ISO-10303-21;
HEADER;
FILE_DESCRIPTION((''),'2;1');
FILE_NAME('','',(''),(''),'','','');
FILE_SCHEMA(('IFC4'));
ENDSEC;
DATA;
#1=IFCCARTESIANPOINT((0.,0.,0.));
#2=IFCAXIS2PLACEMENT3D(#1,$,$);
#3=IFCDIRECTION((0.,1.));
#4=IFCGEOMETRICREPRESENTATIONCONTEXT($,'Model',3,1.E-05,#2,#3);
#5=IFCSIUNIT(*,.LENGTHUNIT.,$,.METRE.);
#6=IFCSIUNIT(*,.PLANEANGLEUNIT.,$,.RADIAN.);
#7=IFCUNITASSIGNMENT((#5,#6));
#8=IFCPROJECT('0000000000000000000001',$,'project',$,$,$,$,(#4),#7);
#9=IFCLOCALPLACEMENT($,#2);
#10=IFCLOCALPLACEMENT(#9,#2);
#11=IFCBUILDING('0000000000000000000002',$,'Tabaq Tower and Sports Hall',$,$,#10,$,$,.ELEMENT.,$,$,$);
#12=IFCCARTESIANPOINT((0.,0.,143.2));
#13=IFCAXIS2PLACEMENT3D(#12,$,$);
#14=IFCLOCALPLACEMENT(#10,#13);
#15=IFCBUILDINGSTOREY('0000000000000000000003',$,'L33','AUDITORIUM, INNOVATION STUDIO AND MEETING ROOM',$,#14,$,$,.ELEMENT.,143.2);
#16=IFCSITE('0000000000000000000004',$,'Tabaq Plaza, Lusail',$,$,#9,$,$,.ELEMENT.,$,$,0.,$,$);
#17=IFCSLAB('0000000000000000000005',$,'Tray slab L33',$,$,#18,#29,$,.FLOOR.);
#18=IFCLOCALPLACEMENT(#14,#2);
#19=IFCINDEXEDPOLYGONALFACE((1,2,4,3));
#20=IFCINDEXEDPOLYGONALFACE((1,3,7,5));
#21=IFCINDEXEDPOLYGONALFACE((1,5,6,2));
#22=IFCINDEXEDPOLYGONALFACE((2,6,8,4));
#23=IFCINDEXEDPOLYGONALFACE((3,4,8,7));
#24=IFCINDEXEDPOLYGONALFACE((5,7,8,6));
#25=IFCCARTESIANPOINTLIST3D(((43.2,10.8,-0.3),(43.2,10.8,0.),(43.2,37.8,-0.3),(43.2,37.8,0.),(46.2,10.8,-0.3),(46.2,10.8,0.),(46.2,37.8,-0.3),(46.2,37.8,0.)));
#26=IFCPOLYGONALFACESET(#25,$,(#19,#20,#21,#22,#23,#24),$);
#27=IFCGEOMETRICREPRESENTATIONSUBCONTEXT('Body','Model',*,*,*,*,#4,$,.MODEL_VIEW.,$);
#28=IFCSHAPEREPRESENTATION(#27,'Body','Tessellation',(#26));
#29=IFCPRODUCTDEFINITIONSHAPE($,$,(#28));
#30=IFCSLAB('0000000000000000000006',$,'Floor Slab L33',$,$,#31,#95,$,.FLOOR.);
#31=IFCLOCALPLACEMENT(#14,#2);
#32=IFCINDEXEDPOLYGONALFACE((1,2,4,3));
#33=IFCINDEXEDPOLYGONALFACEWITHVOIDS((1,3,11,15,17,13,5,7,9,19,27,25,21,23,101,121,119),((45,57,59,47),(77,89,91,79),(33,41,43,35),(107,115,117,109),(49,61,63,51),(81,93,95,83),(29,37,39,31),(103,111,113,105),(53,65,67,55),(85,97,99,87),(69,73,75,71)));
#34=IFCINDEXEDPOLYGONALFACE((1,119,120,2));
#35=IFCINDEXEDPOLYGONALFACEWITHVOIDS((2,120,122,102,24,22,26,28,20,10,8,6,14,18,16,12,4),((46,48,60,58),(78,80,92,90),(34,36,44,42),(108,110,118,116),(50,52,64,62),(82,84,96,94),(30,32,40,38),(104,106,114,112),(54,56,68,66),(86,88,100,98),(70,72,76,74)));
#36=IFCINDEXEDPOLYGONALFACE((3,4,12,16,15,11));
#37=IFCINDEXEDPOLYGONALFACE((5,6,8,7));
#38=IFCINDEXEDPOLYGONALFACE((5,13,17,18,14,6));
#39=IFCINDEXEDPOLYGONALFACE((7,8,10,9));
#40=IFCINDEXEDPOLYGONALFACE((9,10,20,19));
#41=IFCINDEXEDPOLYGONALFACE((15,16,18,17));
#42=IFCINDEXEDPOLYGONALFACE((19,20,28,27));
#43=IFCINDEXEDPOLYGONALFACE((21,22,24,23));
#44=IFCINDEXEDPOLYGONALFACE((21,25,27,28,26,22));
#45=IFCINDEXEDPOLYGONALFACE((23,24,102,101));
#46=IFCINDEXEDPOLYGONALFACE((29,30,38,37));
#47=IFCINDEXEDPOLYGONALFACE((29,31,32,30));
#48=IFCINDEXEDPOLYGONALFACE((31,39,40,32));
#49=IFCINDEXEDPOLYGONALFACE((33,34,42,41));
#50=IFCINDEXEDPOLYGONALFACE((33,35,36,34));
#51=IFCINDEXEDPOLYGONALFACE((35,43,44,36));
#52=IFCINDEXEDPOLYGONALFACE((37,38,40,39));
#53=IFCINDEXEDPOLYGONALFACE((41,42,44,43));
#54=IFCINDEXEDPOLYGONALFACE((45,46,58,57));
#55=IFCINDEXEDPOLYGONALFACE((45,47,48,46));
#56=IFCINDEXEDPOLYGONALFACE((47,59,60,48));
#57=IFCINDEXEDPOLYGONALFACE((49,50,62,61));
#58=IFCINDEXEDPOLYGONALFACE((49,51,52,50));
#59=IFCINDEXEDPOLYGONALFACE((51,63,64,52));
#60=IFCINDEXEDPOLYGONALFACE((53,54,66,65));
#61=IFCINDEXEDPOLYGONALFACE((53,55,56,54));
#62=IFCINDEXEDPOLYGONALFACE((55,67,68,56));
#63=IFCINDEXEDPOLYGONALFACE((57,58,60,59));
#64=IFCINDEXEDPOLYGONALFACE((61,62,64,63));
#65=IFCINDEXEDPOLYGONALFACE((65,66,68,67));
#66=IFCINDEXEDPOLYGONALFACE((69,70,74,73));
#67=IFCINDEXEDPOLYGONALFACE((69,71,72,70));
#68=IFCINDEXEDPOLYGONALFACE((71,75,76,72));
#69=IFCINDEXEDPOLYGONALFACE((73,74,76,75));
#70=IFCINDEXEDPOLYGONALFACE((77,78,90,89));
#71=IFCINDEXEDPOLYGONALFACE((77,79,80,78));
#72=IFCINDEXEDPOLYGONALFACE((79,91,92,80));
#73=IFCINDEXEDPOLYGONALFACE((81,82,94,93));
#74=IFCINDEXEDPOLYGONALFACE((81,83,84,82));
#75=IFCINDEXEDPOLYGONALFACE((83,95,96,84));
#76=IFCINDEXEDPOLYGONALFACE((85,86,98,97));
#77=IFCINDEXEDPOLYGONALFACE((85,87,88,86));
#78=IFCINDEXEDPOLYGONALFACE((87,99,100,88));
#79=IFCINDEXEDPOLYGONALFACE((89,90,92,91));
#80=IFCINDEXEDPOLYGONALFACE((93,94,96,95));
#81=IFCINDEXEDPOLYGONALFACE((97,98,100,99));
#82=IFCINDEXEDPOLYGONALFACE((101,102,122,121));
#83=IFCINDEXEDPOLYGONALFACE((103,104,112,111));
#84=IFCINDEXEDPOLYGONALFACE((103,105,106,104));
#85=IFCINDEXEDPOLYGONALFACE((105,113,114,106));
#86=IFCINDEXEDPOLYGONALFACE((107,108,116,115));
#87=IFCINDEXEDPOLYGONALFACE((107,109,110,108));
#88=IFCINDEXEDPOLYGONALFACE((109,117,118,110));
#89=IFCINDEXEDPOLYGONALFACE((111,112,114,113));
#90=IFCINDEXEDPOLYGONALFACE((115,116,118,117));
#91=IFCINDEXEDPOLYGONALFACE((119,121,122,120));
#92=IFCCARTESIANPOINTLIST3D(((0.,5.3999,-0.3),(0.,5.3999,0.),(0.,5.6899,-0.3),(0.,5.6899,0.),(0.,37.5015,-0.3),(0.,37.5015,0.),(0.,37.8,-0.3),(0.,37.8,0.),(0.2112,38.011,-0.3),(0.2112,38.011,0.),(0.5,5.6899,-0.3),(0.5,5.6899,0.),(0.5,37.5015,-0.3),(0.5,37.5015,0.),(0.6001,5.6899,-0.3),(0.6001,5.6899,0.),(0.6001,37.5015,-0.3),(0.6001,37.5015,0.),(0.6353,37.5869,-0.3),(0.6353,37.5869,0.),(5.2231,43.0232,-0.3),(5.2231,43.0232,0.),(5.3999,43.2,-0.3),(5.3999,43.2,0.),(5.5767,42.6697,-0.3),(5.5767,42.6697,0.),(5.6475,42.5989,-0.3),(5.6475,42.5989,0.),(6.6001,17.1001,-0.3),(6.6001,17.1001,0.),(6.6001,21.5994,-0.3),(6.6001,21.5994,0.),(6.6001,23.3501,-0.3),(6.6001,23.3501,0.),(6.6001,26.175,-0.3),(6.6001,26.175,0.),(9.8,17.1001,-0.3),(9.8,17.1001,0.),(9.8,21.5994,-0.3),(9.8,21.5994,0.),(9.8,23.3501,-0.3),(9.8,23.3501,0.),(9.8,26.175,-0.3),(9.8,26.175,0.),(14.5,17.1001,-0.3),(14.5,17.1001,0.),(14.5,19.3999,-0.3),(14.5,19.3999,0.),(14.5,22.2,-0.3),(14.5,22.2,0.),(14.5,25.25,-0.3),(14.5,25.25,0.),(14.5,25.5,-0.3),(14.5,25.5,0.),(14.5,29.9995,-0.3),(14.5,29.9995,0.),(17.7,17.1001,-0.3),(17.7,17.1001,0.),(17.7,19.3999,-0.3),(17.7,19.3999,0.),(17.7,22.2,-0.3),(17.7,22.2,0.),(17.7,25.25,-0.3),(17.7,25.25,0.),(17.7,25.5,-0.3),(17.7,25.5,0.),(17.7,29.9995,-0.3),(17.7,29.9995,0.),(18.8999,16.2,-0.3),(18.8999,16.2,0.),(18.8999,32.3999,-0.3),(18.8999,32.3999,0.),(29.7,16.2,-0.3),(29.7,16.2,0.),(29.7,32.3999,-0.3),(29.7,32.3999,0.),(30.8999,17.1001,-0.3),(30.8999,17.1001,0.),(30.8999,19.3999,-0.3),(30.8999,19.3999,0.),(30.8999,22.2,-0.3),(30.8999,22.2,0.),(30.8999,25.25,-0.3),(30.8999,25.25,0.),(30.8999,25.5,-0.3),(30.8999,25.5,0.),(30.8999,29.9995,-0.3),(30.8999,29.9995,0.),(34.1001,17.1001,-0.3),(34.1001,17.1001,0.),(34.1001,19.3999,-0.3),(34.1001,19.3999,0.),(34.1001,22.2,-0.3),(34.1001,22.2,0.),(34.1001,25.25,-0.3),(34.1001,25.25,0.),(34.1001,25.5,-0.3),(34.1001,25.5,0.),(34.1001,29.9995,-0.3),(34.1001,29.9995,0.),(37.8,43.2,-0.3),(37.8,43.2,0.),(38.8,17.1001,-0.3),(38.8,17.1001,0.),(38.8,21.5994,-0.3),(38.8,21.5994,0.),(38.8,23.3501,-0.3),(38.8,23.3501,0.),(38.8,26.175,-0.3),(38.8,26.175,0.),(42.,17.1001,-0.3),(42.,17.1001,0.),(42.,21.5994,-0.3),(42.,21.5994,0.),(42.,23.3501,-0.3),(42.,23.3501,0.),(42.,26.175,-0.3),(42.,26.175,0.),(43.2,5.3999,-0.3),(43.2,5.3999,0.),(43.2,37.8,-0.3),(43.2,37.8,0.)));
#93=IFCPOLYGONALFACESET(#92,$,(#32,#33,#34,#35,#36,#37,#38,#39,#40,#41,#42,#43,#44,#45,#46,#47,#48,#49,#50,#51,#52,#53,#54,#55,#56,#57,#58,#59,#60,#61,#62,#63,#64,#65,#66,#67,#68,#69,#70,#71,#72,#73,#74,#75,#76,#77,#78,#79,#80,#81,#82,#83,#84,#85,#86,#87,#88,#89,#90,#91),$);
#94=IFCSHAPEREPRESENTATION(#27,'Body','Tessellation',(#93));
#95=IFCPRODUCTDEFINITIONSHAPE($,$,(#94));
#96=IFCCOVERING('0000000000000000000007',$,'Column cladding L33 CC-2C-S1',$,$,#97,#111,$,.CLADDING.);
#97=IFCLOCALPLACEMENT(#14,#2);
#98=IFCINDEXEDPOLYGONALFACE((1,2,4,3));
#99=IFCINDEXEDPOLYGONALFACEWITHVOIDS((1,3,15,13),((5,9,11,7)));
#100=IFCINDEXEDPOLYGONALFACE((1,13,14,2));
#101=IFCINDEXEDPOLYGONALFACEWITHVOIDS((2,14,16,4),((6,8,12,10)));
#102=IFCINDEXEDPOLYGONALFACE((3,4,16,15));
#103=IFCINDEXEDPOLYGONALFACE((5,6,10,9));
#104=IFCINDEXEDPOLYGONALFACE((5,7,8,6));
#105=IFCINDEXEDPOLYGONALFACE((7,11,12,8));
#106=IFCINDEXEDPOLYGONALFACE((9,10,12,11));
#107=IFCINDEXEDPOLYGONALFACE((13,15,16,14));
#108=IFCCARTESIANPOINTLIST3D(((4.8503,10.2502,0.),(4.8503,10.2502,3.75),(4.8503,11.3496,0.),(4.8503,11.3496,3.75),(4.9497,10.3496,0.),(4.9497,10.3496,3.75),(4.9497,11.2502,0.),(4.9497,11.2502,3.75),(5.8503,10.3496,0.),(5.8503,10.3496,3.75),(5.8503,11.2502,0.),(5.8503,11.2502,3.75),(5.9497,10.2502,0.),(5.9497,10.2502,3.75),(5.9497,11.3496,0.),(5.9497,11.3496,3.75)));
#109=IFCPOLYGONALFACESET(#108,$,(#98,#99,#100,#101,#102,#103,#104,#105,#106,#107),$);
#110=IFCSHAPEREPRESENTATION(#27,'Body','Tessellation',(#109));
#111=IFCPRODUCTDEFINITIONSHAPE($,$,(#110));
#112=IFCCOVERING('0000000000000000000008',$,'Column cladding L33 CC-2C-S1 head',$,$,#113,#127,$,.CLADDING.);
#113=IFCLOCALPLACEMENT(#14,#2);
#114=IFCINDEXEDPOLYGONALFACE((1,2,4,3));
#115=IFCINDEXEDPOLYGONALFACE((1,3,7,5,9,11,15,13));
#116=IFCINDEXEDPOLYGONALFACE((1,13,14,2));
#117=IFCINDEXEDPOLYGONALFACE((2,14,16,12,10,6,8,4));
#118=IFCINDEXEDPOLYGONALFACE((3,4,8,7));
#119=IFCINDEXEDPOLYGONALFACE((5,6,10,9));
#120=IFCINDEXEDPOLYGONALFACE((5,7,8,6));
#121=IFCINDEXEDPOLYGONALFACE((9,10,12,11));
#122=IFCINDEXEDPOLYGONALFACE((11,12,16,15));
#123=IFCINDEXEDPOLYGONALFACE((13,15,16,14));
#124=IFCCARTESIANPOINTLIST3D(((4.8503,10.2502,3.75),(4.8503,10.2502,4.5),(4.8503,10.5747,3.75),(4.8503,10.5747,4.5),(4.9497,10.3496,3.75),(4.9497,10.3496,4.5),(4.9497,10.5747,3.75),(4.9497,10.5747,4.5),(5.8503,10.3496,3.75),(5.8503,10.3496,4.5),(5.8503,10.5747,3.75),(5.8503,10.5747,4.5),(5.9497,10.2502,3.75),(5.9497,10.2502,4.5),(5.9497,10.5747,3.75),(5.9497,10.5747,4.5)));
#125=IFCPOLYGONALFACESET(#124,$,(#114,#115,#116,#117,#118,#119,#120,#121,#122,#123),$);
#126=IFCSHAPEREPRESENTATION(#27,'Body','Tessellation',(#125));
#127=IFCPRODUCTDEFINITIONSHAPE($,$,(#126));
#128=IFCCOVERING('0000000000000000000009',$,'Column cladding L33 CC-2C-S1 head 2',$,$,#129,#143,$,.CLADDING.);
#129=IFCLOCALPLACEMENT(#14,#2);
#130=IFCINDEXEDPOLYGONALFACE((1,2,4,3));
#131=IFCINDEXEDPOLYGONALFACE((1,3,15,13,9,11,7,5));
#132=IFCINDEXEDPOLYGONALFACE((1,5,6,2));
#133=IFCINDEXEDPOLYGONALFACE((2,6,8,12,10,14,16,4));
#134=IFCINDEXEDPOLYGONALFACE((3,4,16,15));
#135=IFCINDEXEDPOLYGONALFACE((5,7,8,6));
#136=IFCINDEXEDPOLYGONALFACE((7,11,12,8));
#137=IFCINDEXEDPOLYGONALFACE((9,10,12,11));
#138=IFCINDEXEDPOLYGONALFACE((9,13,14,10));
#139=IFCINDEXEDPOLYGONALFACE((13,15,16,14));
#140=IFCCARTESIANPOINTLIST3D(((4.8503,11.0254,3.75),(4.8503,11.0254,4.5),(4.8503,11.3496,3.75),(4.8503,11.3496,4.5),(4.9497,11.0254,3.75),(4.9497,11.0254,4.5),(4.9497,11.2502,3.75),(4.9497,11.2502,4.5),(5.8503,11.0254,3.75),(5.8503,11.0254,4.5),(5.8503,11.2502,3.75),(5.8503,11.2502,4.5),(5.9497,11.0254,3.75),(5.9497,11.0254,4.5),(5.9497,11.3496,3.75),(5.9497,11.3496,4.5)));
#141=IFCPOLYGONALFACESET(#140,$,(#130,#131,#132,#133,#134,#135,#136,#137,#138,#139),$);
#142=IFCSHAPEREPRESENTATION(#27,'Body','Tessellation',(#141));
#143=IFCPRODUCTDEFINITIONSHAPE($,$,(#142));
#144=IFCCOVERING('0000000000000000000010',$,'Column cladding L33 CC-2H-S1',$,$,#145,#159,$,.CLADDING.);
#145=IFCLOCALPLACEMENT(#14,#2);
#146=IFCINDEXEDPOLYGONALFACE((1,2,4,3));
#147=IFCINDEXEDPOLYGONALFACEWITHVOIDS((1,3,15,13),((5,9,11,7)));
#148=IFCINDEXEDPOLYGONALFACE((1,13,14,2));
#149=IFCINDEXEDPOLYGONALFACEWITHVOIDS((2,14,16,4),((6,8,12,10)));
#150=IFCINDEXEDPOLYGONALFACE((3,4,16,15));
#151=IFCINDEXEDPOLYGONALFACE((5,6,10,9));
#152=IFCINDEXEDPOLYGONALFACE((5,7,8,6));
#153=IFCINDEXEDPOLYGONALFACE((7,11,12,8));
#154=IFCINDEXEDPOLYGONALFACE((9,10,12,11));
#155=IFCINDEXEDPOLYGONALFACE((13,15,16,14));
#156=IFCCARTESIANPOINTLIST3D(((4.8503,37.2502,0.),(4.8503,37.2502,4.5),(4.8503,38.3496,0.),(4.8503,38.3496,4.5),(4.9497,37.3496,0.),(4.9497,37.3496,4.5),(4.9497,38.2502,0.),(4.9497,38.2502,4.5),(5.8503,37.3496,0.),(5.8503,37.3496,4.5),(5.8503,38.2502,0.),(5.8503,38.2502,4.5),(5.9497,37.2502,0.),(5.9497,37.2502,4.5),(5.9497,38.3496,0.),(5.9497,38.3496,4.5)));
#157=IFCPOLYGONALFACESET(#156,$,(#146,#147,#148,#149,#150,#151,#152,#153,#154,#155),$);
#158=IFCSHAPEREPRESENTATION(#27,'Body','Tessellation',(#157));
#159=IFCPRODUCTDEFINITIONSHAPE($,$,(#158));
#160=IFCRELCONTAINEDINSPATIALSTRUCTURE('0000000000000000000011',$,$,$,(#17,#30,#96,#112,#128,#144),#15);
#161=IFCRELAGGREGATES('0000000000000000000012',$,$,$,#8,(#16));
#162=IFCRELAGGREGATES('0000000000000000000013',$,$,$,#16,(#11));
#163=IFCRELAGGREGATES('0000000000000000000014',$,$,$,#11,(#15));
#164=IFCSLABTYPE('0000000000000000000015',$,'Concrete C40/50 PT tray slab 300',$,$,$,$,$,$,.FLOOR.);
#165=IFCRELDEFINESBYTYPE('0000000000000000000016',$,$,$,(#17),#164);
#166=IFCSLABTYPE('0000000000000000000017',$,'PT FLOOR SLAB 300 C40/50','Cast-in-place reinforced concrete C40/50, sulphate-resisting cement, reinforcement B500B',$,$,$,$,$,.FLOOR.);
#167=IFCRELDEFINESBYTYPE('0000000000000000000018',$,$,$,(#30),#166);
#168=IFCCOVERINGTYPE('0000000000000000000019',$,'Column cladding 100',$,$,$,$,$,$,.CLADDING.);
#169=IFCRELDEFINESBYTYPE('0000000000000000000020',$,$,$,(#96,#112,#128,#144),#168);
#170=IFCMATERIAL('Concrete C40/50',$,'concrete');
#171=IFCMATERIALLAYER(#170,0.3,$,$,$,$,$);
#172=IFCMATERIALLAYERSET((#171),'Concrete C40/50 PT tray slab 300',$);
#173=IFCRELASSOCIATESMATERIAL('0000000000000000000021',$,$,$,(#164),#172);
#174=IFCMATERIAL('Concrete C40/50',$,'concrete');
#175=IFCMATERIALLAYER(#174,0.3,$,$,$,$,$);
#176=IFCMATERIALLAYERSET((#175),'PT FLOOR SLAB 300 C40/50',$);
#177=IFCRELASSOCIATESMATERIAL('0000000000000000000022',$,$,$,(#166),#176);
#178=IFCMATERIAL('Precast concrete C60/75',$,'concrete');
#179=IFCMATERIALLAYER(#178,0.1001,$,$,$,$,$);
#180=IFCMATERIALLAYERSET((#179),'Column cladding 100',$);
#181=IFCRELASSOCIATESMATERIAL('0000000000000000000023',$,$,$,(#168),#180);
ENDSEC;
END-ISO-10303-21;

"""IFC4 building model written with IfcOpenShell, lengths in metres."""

from ifc_helpers import new_model, si_unit, direction, frame, origin, place, context, subcontext, project, spatial, polyline, outline, extrude, material, layer, layer_set, type_object, element, save


model = new_model("IFC4")

# Units and contexts
model_context = context("Model", 3, precision=1e-05, world=origin(), true_north=direction((0.0, 1.0)))
body_context = subcontext(model_context, "Body", "Model", "MODEL_VIEW")
ifc_project = project(units=[si_unit("LENGTHUNIT", "METRE"), si_unit("PLANEANGLEUNIT", "RADIAN")], contexts=[model_context])

# Site, building, storey
site_placement = place(None, origin())
site = spatial("IfcSite", under=ifc_project, at=site_placement, Name="Tabaq Plaza, Lusail", CompositionType="ELEMENT", RefElevation=0.0)
building_placement = place(site_placement, origin())
building = spatial("IfcBuilding", under=site, at=building_placement, Name="Tabaq Tower and Sports Hall", CompositionType="ELEMENT")
storey_placement = place(building_placement, frame((0.0, 0.0, 143.2)))
storey = spatial("IfcBuildingStorey", under=building, at=storey_placement, Name="L33", Description="AUDITORIUM, INNOVATION STUDIO AND MEETING ROOM", CompositionType="ELEMENT", Elevation=143.2)

# Slabs
ifc_material_1 = material(Name="Concrete C40/50", Category="concrete")
ifc_layer_1 = layer(ifc_material_1, 0.3)
ifc_layer_set_1 = layer_set([ifc_layer_1], Name="Concrete C40/50 PT tray slab 300")
slab_type_1 = type_object("IfcSlabType", Name="Concrete C40/50 PT tray slab 300", PredefinedType="FLOOR", material=ifc_layer_set_1)
slab_1_placement = place(storey_placement, frame((0.0, 0.0, -0.3)))
element("IfcSlab", 1, at=slab_1_placement, inside=storey, type_object=slab_type_1, Name="Tray slab L33", PredefinedType="FLOOR", context=body_context, shape_type="SweptSolid", body=[
    extrude(outline(polyline([(43.2, 10.8), (43.2, 37.8), (46.2, 37.8), (46.2, 10.8), (43.2, 10.8)])), origin(), (0.0, 0.0, 1.0), 0.3),
])
ifc_material_2 = material(Name="Concrete C40/50", Category="concrete")
ifc_layer_2 = layer(ifc_material_2, 0.3)
ifc_layer_set_2 = layer_set([ifc_layer_2], Name="PT FLOOR SLAB 300 C40/50")
slab_type_2 = type_object("IfcSlabType", Name="PT FLOOR SLAB 300 C40/50", Description="Cast-in-place reinforced concrete C40/50, sulphate-resisting cement, reinforcement B500B", PredefinedType="FLOOR", material=ifc_layer_set_2)
slab_2_placement = place(storey_placement, frame((0.0, 0.0, -0.3)))
element("IfcSlab", 2, at=slab_2_placement, inside=storey, type_object=slab_type_2, Name="Floor Slab L33", PredefinedType="FLOOR", context=body_context, shape_type="SweptSolid", body=[
    extrude(outline(polyline([(37.8, 43.2), (5.3999, 43.2), (5.2231, 43.0232), (5.5767, 42.6697), (5.6475, 42.5989), (0.6353, 37.5869), (0.2112, 38.011), (0.0, 37.8), (0.0, 37.5015), (0.5, 37.5015), (0.6001, 37.5015), (0.6001, 5.6899), (0.5, 5.6899), (0.0, 5.6899), (0.0, 5.3999), (43.2, 5.3999), (43.2, 37.8), (37.8, 43.2)]), holes=[polyline([(14.5, 19.3999), (17.7, 19.3999), (17.7, 17.1001), (14.5, 17.1001), (14.5, 19.3999)]), polyline([(6.6001, 21.5994), (9.8, 21.5994), (9.8, 17.1001), (6.6001, 17.1001), (6.6001, 21.5994)]), polyline([(14.5, 25.25), (17.7, 25.25), (17.7, 22.2), (14.5, 22.2), (14.5, 25.25)]), polyline([(18.8999, 32.3999), (29.7, 32.3999), (29.7, 16.2), (18.8999, 16.2), (18.8999, 32.3999)]), polyline([(9.8, 26.175), (9.8, 23.3501), (6.6001, 23.3501), (6.6001, 26.175), (9.8, 26.175)]), polyline([(14.5, 29.9995), (17.7, 29.9995), (17.7, 25.5), (14.5, 25.5), (14.5, 29.9995)]), polyline([(34.1001, 19.3999), (34.1001, 17.1001), (30.8999, 17.1001), (30.8999, 19.3999), (34.1001, 19.3999)]), polyline([(42.0, 21.5994), (42.0, 17.1001), (38.8, 17.1001), (38.8, 21.5994), (42.0, 21.5994)]), polyline([(30.8999, 25.25), (34.1001, 25.25), (34.1001, 22.2), (30.8999, 22.2), (30.8999, 25.25)]), polyline([(42.0, 26.175), (42.0, 23.3501), (38.8, 23.3501), (38.8, 26.175), (42.0, 26.175)]), polyline([(34.1001, 29.9995), (34.1001, 25.5), (30.8999, 25.5), (30.8999, 29.9995), (34.1001, 29.9995)])]), origin(), (0.0, 0.0, 1.0), 0.3),
])

# Coverings
ifc_material_3 = material(Name="Precast concrete C60/75", Category="concrete")
ifc_layer_3 = layer(ifc_material_3, 0.1001)
ifc_layer_set_3 = layer_set([ifc_layer_3], Name="Column cladding 100")
covering_type = type_object("IfcCoveringType", Name="Column cladding 100", PredefinedType="CLADDING", material=ifc_layer_set_3)
covering_1_placement = place(storey_placement, origin())
element("IfcCovering", 3, at=covering_1_placement, inside=storey, type_object=covering_type, Name="Column cladding L33 CC-2C-S1", PredefinedType="CLADDING", context=body_context, shape_type="SweptSolid", body=[
    extrude(outline(polyline([(4.8503, 11.3496), (5.9497, 11.3496), (5.9497, 10.2502), (4.8503, 10.2502), (4.8503, 11.3496)]), holes=[polyline([(5.8503, 10.3496), (5.8503, 11.2502), (4.9497, 11.2502), (4.9497, 10.3496), (5.8503, 10.3496)])]), origin(), (0.0, 0.0, 1.0), 3.75),
])
covering_2_placement = place(storey_placement, frame((0.0, 0.0, 3.75)))
element("IfcCovering", 4, at=covering_2_placement, inside=storey, type_object=covering_type, Name="Column cladding L33 CC-2C-S1 head", PredefinedType="CLADDING", context=body_context, shape_type="SweptSolid", body=[
    extrude(outline(polyline([(5.9497, 10.2502), (4.8503, 10.2502), (4.8503, 10.5747), (4.9497, 10.5747), (4.9497, 10.3496), (5.8503, 10.3496), (5.8503, 10.5747), (5.9497, 10.5747), (5.9497, 10.2502)])), origin(), (0.0, 0.0, 1.0), 0.75),
])
covering_3_placement = place(storey_placement, frame((0.0, 0.0, 3.75)))
element("IfcCovering", 5, at=covering_3_placement, inside=storey, type_object=covering_type, Name="Column cladding L33 CC-2C-S1 head 2", PredefinedType="CLADDING", context=body_context, shape_type="SweptSolid", body=[
    extrude(outline(polyline([(5.9497, 11.3496), (5.9497, 11.0254), (5.8503, 11.0254), (5.8503, 11.2502), (4.9497, 11.2502), (4.9497, 11.0254), (4.8503, 11.0254), (4.8503, 11.3496), (5.9497, 11.3496)])), origin(), (0.0, 0.0, 1.0), 0.75),
])
covering_4_placement = place(storey_placement, origin())
element("IfcCovering", 6, at=covering_4_placement, inside=storey, type_object=covering_type, Name="Column cladding L33 CC-2H-S1", PredefinedType="CLADDING", context=body_context, shape_type="SweptSolid", body=[
    extrude(outline(polyline([(4.8503, 38.3496), (5.9497, 38.3496), (5.9497, 37.2502), (4.8503, 37.2502), (4.8503, 38.3496)]), holes=[polyline([(5.8503, 37.3496), (5.8503, 38.2502), (4.9497, 38.2502), (4.9497, 37.3496), (5.8503, 37.3496)])]), origin(), (0.0, 0.0, 1.0), 4.5),
])

save(model, "model.ifc")
